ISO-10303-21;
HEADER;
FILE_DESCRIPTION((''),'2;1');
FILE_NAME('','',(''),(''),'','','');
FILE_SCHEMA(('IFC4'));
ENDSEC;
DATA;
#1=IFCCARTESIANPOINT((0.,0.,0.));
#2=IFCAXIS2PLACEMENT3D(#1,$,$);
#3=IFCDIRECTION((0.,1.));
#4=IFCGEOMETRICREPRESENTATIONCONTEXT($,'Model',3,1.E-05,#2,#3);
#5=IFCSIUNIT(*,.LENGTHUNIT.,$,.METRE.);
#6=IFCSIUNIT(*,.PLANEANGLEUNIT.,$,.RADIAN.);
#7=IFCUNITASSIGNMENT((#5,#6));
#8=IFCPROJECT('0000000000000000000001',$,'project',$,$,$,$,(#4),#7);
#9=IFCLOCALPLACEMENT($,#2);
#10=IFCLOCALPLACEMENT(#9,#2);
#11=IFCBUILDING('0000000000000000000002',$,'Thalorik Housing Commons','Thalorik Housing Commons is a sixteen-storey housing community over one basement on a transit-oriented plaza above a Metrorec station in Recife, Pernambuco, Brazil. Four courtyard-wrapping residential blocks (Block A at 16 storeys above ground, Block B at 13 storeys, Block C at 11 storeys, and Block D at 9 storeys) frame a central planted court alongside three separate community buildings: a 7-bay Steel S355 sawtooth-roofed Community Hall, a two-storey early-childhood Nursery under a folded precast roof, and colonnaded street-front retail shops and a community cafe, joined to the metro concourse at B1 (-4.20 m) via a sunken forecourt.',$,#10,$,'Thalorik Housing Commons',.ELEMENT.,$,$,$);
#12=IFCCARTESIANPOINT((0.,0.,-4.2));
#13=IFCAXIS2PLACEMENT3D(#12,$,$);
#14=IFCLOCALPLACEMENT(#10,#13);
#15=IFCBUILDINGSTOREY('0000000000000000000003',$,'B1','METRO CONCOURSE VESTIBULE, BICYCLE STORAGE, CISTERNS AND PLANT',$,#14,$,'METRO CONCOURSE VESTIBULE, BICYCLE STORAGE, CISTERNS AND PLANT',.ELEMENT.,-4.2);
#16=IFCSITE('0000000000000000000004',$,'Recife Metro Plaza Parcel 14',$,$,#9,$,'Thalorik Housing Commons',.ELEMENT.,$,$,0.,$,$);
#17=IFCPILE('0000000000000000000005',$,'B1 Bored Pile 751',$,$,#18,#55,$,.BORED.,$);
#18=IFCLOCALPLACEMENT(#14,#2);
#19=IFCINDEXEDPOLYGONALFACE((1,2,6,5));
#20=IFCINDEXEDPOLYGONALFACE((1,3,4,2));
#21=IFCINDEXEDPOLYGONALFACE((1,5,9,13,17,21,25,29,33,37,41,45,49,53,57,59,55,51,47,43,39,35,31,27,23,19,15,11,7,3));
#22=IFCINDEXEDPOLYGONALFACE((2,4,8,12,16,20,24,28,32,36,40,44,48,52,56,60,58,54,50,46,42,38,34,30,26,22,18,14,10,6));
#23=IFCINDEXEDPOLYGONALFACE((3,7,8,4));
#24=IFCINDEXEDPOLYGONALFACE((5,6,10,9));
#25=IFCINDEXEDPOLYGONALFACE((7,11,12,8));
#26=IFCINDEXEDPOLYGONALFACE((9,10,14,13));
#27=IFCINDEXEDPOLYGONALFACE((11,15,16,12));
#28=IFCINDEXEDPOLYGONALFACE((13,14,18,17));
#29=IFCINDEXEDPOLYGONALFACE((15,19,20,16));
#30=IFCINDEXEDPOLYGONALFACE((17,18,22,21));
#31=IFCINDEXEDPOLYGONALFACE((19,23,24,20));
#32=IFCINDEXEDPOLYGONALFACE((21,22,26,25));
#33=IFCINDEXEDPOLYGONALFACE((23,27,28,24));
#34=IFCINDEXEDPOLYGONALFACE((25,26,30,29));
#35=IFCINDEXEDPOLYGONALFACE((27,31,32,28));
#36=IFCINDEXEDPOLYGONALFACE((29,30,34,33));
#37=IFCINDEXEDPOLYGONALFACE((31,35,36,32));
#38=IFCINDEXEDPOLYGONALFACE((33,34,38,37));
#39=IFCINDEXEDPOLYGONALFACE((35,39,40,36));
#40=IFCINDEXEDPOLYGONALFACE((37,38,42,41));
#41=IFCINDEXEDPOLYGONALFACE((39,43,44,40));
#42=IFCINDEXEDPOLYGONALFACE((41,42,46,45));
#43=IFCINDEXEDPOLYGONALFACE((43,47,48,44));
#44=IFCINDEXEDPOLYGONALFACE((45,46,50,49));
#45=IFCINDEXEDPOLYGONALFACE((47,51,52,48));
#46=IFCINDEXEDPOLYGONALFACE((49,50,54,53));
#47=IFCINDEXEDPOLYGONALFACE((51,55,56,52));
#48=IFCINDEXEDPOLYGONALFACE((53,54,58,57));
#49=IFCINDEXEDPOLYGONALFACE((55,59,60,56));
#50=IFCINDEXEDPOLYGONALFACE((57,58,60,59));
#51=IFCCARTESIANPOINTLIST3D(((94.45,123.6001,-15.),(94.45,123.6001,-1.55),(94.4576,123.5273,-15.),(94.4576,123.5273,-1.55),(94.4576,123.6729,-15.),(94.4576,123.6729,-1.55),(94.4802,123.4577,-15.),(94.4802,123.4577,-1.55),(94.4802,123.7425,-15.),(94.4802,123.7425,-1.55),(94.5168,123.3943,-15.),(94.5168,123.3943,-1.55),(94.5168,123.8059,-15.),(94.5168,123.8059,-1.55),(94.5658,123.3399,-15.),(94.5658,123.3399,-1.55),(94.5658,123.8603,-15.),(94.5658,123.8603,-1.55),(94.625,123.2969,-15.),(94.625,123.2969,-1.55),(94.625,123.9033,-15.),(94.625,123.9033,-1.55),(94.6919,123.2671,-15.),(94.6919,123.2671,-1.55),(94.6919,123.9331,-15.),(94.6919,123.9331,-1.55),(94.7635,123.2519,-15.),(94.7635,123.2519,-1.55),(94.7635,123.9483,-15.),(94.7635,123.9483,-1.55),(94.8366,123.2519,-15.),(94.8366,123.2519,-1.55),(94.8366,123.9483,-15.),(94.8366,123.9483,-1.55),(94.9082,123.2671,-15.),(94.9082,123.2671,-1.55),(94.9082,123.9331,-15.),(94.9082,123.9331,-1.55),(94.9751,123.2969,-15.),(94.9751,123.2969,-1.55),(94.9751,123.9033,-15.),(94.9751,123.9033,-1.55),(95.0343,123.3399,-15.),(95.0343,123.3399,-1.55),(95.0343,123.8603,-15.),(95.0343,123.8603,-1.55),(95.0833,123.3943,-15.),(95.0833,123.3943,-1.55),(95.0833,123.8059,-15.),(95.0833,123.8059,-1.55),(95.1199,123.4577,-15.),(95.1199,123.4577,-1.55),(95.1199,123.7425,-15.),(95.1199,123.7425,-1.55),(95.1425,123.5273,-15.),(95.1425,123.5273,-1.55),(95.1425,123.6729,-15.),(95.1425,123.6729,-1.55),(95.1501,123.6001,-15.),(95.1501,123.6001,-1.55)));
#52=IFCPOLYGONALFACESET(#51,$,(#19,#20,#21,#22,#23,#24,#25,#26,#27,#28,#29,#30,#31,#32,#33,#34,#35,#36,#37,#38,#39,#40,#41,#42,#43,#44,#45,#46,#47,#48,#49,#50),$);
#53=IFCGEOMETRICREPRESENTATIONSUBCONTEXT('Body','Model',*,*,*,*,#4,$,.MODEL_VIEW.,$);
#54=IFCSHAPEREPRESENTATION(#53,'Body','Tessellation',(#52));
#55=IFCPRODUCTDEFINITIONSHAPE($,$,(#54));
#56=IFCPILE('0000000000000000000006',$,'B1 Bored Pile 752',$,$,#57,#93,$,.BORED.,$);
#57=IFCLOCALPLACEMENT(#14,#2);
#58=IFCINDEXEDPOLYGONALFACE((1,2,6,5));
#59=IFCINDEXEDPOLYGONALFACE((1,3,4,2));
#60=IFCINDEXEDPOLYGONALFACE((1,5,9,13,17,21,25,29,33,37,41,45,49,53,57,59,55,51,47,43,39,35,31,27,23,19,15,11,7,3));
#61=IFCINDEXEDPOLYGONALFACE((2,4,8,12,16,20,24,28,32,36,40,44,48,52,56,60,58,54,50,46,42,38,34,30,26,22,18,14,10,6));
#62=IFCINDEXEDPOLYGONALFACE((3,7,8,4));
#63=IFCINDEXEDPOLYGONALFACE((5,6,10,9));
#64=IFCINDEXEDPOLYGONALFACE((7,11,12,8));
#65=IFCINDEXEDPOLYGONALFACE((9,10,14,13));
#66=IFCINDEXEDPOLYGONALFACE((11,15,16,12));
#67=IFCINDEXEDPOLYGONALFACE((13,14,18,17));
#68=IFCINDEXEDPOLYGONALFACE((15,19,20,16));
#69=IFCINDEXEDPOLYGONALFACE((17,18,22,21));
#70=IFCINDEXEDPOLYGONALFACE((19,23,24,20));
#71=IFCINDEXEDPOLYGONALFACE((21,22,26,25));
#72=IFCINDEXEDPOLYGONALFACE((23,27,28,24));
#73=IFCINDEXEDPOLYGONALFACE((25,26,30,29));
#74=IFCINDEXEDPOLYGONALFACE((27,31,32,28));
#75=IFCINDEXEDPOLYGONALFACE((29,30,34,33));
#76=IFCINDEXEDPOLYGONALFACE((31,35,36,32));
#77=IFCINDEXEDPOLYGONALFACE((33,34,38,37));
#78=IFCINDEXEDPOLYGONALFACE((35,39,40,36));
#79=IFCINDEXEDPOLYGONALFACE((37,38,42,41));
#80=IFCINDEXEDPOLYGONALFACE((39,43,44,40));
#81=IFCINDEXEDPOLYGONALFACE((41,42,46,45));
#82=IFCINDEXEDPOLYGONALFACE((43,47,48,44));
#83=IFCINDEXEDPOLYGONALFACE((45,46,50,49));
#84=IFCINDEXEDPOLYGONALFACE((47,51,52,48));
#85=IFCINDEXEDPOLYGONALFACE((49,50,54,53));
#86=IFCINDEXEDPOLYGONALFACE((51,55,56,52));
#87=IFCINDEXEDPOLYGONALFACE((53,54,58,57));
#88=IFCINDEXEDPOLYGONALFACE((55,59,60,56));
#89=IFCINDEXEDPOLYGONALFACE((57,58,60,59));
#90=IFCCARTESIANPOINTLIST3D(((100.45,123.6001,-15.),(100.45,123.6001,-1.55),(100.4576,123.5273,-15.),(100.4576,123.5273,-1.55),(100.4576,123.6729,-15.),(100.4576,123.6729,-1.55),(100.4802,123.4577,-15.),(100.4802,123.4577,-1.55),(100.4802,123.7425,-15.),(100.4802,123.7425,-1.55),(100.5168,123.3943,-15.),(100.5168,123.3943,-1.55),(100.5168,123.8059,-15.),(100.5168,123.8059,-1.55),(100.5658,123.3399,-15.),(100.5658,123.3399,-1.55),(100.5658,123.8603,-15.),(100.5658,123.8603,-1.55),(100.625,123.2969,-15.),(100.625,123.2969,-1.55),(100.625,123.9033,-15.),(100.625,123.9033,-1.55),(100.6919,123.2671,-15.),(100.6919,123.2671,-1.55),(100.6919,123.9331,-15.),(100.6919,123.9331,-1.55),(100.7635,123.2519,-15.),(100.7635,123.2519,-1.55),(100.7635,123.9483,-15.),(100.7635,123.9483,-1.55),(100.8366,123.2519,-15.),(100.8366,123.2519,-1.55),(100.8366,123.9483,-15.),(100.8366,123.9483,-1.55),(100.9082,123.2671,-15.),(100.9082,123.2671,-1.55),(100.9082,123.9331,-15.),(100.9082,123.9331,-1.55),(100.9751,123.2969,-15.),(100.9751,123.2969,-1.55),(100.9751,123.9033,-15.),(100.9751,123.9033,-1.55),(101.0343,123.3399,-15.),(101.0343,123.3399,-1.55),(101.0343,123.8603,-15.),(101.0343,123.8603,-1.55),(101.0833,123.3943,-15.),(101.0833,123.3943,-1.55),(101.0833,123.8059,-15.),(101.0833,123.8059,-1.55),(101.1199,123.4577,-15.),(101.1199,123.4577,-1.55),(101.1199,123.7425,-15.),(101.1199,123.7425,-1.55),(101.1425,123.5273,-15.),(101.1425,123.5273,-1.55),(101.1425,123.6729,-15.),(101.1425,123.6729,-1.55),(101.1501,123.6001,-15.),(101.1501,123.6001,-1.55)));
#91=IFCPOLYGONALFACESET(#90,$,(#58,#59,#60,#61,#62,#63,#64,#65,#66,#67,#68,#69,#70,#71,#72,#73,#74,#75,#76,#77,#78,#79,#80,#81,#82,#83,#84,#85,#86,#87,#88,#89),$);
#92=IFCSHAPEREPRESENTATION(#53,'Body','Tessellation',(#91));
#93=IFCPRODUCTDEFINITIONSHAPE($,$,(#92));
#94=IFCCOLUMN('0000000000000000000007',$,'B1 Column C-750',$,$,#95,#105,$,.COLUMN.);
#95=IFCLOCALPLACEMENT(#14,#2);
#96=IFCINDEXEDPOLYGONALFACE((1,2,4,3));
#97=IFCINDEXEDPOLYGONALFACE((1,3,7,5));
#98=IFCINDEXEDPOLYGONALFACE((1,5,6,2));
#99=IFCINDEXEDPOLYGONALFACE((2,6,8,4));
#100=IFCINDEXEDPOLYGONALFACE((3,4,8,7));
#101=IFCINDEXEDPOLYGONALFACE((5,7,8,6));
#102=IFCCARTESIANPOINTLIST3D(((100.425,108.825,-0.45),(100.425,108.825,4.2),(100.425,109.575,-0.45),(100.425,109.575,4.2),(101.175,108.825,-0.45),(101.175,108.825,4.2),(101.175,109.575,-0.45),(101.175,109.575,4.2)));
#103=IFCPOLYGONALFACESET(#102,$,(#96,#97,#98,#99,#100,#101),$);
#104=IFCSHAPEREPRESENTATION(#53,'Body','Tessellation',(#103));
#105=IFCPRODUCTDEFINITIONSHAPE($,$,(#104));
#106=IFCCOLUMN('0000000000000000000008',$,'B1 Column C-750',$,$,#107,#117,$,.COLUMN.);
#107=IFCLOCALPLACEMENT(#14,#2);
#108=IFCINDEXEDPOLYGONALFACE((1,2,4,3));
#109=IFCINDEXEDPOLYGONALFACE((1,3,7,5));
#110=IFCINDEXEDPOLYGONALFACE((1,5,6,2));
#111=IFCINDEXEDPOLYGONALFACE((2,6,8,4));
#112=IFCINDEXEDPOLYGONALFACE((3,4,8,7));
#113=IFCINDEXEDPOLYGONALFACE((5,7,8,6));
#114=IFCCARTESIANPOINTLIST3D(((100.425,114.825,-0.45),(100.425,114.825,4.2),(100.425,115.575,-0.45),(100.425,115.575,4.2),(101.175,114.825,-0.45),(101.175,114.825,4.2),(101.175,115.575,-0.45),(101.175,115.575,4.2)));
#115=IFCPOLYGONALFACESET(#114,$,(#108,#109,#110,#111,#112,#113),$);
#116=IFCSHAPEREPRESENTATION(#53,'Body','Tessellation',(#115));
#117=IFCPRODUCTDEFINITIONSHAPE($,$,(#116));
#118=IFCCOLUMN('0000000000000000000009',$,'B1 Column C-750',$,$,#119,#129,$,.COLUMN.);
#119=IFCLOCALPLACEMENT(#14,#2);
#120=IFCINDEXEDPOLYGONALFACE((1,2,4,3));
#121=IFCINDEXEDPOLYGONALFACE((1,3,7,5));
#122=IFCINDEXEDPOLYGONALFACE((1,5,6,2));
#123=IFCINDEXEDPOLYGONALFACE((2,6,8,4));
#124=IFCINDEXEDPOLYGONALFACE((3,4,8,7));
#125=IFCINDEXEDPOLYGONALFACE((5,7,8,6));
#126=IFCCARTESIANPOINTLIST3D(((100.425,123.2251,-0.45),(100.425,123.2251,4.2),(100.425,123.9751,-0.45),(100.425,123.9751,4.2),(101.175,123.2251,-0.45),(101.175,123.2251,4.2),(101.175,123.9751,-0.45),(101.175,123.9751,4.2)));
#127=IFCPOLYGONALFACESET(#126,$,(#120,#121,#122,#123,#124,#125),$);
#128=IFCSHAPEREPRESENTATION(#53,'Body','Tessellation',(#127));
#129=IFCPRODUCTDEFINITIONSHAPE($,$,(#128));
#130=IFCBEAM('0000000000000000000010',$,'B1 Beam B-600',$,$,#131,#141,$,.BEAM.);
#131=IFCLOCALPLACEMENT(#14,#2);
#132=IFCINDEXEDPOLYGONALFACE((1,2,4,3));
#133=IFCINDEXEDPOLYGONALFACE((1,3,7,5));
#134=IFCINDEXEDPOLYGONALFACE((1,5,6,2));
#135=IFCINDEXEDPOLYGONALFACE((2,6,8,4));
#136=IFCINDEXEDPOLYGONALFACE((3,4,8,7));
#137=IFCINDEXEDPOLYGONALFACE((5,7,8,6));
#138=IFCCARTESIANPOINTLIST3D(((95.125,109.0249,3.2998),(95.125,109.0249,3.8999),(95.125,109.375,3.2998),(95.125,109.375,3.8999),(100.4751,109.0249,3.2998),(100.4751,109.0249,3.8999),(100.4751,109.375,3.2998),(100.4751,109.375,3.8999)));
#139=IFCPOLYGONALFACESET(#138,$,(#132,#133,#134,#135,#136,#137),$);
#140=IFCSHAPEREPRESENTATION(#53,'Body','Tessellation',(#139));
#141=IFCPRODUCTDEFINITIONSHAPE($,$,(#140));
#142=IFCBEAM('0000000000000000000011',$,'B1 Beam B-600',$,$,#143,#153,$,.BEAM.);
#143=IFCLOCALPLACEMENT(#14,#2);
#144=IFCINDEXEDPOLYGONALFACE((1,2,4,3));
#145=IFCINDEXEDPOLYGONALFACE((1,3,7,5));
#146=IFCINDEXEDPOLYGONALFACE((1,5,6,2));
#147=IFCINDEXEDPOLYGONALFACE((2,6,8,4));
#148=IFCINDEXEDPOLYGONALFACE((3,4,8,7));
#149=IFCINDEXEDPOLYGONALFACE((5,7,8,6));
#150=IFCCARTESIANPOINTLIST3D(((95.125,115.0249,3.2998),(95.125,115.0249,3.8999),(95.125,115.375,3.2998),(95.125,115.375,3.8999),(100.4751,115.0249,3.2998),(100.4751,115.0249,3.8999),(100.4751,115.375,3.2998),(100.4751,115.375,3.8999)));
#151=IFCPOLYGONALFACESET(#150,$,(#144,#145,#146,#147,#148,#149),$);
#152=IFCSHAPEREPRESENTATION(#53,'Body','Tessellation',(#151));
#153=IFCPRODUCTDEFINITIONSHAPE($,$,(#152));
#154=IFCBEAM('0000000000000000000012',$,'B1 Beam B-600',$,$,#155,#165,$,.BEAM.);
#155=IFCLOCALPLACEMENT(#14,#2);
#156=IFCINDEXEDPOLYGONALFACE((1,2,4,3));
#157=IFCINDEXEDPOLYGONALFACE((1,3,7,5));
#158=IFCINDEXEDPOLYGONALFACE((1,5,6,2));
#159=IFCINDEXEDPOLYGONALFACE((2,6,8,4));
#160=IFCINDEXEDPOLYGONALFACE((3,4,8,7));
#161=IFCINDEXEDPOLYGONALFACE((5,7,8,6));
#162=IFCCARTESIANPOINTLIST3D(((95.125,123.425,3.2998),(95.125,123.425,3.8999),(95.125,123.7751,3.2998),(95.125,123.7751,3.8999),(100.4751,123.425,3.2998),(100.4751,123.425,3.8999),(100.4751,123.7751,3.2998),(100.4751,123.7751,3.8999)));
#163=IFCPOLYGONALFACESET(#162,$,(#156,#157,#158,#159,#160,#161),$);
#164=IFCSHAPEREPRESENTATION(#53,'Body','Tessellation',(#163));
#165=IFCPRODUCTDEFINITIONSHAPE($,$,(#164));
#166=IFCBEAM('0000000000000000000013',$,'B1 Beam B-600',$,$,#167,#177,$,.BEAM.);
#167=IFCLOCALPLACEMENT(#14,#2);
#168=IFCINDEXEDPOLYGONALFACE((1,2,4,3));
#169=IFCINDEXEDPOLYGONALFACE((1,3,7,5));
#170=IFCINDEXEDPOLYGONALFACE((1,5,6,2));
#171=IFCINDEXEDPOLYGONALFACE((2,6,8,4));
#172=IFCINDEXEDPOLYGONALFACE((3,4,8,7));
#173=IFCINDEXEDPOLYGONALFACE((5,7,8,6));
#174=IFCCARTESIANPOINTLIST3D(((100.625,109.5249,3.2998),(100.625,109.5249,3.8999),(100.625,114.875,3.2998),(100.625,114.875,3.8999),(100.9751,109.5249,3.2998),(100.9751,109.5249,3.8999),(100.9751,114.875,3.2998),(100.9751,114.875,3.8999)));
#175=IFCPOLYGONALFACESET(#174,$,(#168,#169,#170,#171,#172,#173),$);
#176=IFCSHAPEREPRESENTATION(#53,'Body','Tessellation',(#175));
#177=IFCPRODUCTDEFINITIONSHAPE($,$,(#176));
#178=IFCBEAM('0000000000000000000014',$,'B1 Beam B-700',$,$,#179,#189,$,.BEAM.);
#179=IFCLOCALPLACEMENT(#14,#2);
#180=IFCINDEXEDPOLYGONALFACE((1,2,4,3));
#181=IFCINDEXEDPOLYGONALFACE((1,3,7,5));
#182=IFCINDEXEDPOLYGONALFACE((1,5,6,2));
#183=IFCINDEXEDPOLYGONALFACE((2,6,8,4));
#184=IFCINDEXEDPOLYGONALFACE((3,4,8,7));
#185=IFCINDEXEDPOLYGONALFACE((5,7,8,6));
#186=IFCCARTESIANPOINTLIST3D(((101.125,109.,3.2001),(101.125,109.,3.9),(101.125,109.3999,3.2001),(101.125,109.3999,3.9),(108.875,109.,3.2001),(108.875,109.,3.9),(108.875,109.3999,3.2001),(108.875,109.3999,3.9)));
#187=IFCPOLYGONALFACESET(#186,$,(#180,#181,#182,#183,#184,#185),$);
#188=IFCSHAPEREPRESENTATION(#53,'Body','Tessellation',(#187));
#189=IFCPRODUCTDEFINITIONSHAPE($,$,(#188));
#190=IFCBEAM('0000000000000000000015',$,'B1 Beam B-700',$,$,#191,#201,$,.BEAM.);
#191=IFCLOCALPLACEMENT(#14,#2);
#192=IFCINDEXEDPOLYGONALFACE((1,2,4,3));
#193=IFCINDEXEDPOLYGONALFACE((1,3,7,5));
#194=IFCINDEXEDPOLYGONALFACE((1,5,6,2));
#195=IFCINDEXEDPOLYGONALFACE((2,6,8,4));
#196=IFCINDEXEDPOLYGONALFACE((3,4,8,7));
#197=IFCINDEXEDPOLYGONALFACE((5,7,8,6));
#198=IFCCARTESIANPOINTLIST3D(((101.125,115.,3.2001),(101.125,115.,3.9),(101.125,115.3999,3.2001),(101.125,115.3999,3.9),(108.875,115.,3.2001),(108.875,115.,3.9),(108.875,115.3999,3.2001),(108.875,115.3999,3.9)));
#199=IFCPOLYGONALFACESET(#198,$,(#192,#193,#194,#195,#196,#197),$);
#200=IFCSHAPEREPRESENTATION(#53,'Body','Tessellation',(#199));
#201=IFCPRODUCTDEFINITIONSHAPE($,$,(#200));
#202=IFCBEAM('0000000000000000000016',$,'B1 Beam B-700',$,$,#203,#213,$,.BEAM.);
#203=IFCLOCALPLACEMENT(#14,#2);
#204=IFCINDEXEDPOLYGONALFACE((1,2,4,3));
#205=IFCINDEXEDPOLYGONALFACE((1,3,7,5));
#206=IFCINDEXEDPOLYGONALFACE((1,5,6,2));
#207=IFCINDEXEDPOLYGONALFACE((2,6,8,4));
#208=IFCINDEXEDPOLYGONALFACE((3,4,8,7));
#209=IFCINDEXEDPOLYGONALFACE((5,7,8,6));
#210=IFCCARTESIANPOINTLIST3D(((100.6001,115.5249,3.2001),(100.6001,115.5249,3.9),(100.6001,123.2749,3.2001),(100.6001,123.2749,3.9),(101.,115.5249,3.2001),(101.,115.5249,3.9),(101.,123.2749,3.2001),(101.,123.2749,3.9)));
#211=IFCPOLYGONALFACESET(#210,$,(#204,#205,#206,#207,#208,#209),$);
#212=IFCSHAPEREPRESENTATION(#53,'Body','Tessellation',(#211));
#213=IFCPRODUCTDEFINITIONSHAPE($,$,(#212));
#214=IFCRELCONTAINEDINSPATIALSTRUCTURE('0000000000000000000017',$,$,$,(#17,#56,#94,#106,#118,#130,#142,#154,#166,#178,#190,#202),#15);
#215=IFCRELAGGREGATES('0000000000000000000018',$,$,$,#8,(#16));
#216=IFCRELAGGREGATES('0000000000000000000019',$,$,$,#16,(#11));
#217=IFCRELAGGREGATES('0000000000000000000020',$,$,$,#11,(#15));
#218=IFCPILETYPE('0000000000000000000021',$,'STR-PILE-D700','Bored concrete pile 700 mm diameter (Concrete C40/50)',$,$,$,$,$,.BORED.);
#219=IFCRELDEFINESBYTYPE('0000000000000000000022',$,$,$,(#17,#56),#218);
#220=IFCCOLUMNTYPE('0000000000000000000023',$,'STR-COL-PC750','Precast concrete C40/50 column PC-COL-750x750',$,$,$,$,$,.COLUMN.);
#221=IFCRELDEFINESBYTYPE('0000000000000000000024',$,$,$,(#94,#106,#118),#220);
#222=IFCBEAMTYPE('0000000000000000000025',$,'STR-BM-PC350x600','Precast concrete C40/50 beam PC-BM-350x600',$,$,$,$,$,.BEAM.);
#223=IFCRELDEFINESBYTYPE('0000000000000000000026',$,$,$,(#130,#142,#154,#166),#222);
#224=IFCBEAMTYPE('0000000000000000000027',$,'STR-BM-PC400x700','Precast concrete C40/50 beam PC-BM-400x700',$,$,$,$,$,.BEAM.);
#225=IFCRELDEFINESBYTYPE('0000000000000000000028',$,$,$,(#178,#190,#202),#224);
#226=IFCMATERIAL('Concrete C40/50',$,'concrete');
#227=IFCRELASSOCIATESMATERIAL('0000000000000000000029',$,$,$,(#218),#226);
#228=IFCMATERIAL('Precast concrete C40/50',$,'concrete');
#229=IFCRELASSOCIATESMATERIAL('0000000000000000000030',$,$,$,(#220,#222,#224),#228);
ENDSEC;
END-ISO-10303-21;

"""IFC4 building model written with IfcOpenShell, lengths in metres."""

from ifc_helpers import new_model, si_unit, direction, frame, origin, origin_2d, place, context, subcontext, project, spatial, rectangle, circle, extrude, material, material_profile, profile_set, type_object, element, save


model = new_model("IFC4")

# Units and contexts
model_context = context("Model", 3, precision=1e-05, world=origin(), true_north=direction((0.0, 1.0)))
body_context = subcontext(model_context, "Body", "Model", "MODEL_VIEW")
ifc_project = project(units=[si_unit("LENGTHUNIT", "METRE"), si_unit("PLANEANGLEUNIT", "RADIAN")], contexts=[model_context])

# Site, building, storey
site_placement = place(None, origin())
site = spatial("IfcSite", under=ifc_project, at=site_placement, Name="Recife Metro Plaza Parcel 14", LongName="Thalorik Housing Commons", CompositionType="ELEMENT", RefElevation=0.0)
building_placement = place(site_placement, origin())
building = spatial("IfcBuilding", under=site, at=building_placement, Name="Thalorik Housing Commons", Description="Thalorik Housing Commons is a sixteen-storey housing community over one basement on a transit-oriented plaza above a Metrorec station in Recife, Pernambuco, Brazil. Four courtyard-wrapping residential blocks (Block A at 16 storeys above ground, Block B at 13 storeys, Block C at 11 storeys, and Block D at 9 storeys) frame a central planted court alongside three separate community buildings: a 7-bay Steel S355 sawtooth-roofed Community Hall, a two-storey early-childhood Nursery under a folded precast roof, and colonnaded street-front retail shops and a community cafe, joined to the metro concourse at B1 (-4.20 m) via a sunken forecourt.", LongName="Thalorik Housing Commons", CompositionType="ELEMENT")
storey_placement = place(building_placement, frame((0.0, 0.0, -4.2)))
storey = spatial("IfcBuildingStorey", under=building, at=storey_placement, Name="B1", Description="METRO CONCOURSE VESTIBULE, BICYCLE STORAGE, CISTERNS AND PLANT", LongName="METRO CONCOURSE VESTIBULE, BICYCLE STORAGE, CISTERNS AND PLANT", CompositionType="ELEMENT", Elevation=-4.2)

# Shared definitions
ifc_material_1 = material(Name="Concrete C40/50", Category="concrete")

# Piles
ifc_material_profile_1 = material_profile(ifc_material_1, circle(Radius=0.3501, at=origin_2d()), Name="BORED PILE D700", Category="concrete")
ifc_profile_set_1 = profile_set([ifc_material_profile_1], Name="Concrete C40/50")
pile_type = type_object("IfcPileType", Name="STR-PILE-D700", Description="Bored concrete pile 700 mm diameter (Concrete C40/50)", PredefinedType="BORED", material=ifc_profile_set_1)
for number, where, z_axis, x_axis, name in (
    (1, (94.8, 123.6001, -1.55), (0.0, 0.0, -1.0), (1.0, 0.0, 0.0), "B1 Bored Pile 751"),
    (2, (100.8, 123.6001, -1.55), (0.0, 0.0, -1.0), (1.0, 0.0, 0.0), "B1 Bored Pile 752"),
):
    element("IfcPile", number, at=place(storey_placement, frame(where, z_axis=z_axis, x_axis=x_axis)), inside=storey, type_object=pile_type, Name=name, PredefinedType="BORED", context=body_context, shape_type="SweptSolid", body=[
        extrude(circle(Radius=0.3501, at=origin_2d()), origin(), (0.0, 0.0, 1.0), 13.45),
    ])

# Columns
ifc_material_2 = material(Name="Precast concrete C40/50", Category="concrete")
ifc_material_profile_2 = material_profile(ifc_material_2, rectangle(XDim=0.75, YDim=0.75, at=origin_2d()), Name="PC 750x750", Category="concrete")
ifc_profile_set_2 = profile_set([ifc_material_profile_2], Name="Precast concrete C40/50")
column_type = type_object("IfcColumnType", Name="STR-COL-PC750", Description="Precast concrete C40/50 column PC-COL-750x750", PredefinedType="COLUMN", material=ifc_profile_set_2)
for number, where, z_axis, x_axis, name in (
    (3, (100.8, 109.2, -0.45), (0.0, 0.0, 1.0), (1.0, 0.0, 0.0), "B1 Column C-750"),
    (4, (100.8, 115.2, -0.45), (0.0, 0.0, 1.0), (1.0, 0.0, 0.0), "B1 Column C-750"),
    (5, (100.8, 123.6001, -0.45), (0.0, 0.0, 1.0), (1.0, 0.0, 0.0), "B1 Column C-750"),
):
    element("IfcColumn", number, at=place(storey_placement, frame(where, z_axis=z_axis, x_axis=x_axis)), inside=storey, type_object=column_type, Name=name, PredefinedType="COLUMN", context=body_context, shape_type="SweptSolid", body=[
        extrude(rectangle(XDim=0.75, YDim=0.75, at=origin_2d()), origin(), (0.0, 0.0, 1.0), 4.6499),
    ])

# Beams
ifc_material_profile_3 = material_profile(ifc_material_2, rectangle(XDim=0.3501, YDim=0.6001, at=origin_2d()), Name="PC 350x600", Category="concrete")
ifc_profile_set_3 = profile_set([ifc_material_profile_3], Name="Precast concrete C40/50")
beam_type_1 = type_object("IfcBeamType", Name="STR-BM-PC350x600", Description="Precast concrete C40/50 beam PC-BM-350x600", PredefinedType="BEAM", material=ifc_profile_set_3)
for number, where, z_axis, x_axis, name in (
    (6, (95.125, 109.2, 3.5999), (1.0, 0.0, 0.0), (0.0, 1.0, 0.0), "B1 Beam B-600"),
    (7, (95.125, 115.2, 3.5999), (1.0, 0.0, 0.0), (0.0, 1.0, 0.0), "B1 Beam B-600"),
    (8, (95.125, 123.6001, 3.5999), (1.0, 0.0, 0.0), (0.0, 1.0, 0.0), "B1 Beam B-600"),
    (9, (100.8, 109.5249, 3.5999), (0.0, 1.0, 0.0), (-1.0, 0.0, 0.0), "B1 Beam B-600"),
):
    element("IfcBeam", number, at=place(storey_placement, frame(where, z_axis=z_axis, x_axis=x_axis)), inside=storey, type_object=beam_type_1, Name=name, PredefinedType="BEAM", context=body_context, shape_type="SweptSolid", body=[
        extrude(rectangle(XDim=0.3501, YDim=0.6001, at=origin_2d()), origin(), (0.0, 0.0, 1.0), 5.3501),
    ])
ifc_material_profile_4 = material_profile(ifc_material_2, rectangle(XDim=0.3999, YDim=0.7, at=origin_2d()), Name="PC 400x700", Category="concrete")
ifc_profile_set_4 = profile_set([ifc_material_profile_4], Name="Precast concrete C40/50")
beam_type_2 = type_object("IfcBeamType", Name="STR-BM-PC400x700", Description="Precast concrete C40/50 beam PC-BM-400x700", PredefinedType="BEAM", material=ifc_profile_set_4)
for number, where, z_axis, x_axis, name in (
    (10, (101.125, 109.2, 3.55), (1.0, 0.0, 0.0), (0.0, 1.0, 0.0), "B1 Beam B-700"),
    (11, (101.125, 115.2, 3.55), (1.0, 0.0, 0.0), (0.0, 1.0, 0.0), "B1 Beam B-700"),
    (12, (100.8, 115.5249, 3.55), (0.0, 1.0, 0.0), (-1.0, 0.0, 0.0), "B1 Beam B-700"),
):
    element("IfcBeam", number, at=place(storey_placement, frame(where, z_axis=z_axis, x_axis=x_axis)), inside=storey, type_object=beam_type_2, Name=name, PredefinedType="BEAM", context=body_context, shape_type="SweptSolid", body=[
        extrude(rectangle(XDim=0.3999, YDim=0.7, at=origin_2d()), origin(), (0.0, 0.0, 1.0), 7.75),
    ])

save(model, "model.ifc")
